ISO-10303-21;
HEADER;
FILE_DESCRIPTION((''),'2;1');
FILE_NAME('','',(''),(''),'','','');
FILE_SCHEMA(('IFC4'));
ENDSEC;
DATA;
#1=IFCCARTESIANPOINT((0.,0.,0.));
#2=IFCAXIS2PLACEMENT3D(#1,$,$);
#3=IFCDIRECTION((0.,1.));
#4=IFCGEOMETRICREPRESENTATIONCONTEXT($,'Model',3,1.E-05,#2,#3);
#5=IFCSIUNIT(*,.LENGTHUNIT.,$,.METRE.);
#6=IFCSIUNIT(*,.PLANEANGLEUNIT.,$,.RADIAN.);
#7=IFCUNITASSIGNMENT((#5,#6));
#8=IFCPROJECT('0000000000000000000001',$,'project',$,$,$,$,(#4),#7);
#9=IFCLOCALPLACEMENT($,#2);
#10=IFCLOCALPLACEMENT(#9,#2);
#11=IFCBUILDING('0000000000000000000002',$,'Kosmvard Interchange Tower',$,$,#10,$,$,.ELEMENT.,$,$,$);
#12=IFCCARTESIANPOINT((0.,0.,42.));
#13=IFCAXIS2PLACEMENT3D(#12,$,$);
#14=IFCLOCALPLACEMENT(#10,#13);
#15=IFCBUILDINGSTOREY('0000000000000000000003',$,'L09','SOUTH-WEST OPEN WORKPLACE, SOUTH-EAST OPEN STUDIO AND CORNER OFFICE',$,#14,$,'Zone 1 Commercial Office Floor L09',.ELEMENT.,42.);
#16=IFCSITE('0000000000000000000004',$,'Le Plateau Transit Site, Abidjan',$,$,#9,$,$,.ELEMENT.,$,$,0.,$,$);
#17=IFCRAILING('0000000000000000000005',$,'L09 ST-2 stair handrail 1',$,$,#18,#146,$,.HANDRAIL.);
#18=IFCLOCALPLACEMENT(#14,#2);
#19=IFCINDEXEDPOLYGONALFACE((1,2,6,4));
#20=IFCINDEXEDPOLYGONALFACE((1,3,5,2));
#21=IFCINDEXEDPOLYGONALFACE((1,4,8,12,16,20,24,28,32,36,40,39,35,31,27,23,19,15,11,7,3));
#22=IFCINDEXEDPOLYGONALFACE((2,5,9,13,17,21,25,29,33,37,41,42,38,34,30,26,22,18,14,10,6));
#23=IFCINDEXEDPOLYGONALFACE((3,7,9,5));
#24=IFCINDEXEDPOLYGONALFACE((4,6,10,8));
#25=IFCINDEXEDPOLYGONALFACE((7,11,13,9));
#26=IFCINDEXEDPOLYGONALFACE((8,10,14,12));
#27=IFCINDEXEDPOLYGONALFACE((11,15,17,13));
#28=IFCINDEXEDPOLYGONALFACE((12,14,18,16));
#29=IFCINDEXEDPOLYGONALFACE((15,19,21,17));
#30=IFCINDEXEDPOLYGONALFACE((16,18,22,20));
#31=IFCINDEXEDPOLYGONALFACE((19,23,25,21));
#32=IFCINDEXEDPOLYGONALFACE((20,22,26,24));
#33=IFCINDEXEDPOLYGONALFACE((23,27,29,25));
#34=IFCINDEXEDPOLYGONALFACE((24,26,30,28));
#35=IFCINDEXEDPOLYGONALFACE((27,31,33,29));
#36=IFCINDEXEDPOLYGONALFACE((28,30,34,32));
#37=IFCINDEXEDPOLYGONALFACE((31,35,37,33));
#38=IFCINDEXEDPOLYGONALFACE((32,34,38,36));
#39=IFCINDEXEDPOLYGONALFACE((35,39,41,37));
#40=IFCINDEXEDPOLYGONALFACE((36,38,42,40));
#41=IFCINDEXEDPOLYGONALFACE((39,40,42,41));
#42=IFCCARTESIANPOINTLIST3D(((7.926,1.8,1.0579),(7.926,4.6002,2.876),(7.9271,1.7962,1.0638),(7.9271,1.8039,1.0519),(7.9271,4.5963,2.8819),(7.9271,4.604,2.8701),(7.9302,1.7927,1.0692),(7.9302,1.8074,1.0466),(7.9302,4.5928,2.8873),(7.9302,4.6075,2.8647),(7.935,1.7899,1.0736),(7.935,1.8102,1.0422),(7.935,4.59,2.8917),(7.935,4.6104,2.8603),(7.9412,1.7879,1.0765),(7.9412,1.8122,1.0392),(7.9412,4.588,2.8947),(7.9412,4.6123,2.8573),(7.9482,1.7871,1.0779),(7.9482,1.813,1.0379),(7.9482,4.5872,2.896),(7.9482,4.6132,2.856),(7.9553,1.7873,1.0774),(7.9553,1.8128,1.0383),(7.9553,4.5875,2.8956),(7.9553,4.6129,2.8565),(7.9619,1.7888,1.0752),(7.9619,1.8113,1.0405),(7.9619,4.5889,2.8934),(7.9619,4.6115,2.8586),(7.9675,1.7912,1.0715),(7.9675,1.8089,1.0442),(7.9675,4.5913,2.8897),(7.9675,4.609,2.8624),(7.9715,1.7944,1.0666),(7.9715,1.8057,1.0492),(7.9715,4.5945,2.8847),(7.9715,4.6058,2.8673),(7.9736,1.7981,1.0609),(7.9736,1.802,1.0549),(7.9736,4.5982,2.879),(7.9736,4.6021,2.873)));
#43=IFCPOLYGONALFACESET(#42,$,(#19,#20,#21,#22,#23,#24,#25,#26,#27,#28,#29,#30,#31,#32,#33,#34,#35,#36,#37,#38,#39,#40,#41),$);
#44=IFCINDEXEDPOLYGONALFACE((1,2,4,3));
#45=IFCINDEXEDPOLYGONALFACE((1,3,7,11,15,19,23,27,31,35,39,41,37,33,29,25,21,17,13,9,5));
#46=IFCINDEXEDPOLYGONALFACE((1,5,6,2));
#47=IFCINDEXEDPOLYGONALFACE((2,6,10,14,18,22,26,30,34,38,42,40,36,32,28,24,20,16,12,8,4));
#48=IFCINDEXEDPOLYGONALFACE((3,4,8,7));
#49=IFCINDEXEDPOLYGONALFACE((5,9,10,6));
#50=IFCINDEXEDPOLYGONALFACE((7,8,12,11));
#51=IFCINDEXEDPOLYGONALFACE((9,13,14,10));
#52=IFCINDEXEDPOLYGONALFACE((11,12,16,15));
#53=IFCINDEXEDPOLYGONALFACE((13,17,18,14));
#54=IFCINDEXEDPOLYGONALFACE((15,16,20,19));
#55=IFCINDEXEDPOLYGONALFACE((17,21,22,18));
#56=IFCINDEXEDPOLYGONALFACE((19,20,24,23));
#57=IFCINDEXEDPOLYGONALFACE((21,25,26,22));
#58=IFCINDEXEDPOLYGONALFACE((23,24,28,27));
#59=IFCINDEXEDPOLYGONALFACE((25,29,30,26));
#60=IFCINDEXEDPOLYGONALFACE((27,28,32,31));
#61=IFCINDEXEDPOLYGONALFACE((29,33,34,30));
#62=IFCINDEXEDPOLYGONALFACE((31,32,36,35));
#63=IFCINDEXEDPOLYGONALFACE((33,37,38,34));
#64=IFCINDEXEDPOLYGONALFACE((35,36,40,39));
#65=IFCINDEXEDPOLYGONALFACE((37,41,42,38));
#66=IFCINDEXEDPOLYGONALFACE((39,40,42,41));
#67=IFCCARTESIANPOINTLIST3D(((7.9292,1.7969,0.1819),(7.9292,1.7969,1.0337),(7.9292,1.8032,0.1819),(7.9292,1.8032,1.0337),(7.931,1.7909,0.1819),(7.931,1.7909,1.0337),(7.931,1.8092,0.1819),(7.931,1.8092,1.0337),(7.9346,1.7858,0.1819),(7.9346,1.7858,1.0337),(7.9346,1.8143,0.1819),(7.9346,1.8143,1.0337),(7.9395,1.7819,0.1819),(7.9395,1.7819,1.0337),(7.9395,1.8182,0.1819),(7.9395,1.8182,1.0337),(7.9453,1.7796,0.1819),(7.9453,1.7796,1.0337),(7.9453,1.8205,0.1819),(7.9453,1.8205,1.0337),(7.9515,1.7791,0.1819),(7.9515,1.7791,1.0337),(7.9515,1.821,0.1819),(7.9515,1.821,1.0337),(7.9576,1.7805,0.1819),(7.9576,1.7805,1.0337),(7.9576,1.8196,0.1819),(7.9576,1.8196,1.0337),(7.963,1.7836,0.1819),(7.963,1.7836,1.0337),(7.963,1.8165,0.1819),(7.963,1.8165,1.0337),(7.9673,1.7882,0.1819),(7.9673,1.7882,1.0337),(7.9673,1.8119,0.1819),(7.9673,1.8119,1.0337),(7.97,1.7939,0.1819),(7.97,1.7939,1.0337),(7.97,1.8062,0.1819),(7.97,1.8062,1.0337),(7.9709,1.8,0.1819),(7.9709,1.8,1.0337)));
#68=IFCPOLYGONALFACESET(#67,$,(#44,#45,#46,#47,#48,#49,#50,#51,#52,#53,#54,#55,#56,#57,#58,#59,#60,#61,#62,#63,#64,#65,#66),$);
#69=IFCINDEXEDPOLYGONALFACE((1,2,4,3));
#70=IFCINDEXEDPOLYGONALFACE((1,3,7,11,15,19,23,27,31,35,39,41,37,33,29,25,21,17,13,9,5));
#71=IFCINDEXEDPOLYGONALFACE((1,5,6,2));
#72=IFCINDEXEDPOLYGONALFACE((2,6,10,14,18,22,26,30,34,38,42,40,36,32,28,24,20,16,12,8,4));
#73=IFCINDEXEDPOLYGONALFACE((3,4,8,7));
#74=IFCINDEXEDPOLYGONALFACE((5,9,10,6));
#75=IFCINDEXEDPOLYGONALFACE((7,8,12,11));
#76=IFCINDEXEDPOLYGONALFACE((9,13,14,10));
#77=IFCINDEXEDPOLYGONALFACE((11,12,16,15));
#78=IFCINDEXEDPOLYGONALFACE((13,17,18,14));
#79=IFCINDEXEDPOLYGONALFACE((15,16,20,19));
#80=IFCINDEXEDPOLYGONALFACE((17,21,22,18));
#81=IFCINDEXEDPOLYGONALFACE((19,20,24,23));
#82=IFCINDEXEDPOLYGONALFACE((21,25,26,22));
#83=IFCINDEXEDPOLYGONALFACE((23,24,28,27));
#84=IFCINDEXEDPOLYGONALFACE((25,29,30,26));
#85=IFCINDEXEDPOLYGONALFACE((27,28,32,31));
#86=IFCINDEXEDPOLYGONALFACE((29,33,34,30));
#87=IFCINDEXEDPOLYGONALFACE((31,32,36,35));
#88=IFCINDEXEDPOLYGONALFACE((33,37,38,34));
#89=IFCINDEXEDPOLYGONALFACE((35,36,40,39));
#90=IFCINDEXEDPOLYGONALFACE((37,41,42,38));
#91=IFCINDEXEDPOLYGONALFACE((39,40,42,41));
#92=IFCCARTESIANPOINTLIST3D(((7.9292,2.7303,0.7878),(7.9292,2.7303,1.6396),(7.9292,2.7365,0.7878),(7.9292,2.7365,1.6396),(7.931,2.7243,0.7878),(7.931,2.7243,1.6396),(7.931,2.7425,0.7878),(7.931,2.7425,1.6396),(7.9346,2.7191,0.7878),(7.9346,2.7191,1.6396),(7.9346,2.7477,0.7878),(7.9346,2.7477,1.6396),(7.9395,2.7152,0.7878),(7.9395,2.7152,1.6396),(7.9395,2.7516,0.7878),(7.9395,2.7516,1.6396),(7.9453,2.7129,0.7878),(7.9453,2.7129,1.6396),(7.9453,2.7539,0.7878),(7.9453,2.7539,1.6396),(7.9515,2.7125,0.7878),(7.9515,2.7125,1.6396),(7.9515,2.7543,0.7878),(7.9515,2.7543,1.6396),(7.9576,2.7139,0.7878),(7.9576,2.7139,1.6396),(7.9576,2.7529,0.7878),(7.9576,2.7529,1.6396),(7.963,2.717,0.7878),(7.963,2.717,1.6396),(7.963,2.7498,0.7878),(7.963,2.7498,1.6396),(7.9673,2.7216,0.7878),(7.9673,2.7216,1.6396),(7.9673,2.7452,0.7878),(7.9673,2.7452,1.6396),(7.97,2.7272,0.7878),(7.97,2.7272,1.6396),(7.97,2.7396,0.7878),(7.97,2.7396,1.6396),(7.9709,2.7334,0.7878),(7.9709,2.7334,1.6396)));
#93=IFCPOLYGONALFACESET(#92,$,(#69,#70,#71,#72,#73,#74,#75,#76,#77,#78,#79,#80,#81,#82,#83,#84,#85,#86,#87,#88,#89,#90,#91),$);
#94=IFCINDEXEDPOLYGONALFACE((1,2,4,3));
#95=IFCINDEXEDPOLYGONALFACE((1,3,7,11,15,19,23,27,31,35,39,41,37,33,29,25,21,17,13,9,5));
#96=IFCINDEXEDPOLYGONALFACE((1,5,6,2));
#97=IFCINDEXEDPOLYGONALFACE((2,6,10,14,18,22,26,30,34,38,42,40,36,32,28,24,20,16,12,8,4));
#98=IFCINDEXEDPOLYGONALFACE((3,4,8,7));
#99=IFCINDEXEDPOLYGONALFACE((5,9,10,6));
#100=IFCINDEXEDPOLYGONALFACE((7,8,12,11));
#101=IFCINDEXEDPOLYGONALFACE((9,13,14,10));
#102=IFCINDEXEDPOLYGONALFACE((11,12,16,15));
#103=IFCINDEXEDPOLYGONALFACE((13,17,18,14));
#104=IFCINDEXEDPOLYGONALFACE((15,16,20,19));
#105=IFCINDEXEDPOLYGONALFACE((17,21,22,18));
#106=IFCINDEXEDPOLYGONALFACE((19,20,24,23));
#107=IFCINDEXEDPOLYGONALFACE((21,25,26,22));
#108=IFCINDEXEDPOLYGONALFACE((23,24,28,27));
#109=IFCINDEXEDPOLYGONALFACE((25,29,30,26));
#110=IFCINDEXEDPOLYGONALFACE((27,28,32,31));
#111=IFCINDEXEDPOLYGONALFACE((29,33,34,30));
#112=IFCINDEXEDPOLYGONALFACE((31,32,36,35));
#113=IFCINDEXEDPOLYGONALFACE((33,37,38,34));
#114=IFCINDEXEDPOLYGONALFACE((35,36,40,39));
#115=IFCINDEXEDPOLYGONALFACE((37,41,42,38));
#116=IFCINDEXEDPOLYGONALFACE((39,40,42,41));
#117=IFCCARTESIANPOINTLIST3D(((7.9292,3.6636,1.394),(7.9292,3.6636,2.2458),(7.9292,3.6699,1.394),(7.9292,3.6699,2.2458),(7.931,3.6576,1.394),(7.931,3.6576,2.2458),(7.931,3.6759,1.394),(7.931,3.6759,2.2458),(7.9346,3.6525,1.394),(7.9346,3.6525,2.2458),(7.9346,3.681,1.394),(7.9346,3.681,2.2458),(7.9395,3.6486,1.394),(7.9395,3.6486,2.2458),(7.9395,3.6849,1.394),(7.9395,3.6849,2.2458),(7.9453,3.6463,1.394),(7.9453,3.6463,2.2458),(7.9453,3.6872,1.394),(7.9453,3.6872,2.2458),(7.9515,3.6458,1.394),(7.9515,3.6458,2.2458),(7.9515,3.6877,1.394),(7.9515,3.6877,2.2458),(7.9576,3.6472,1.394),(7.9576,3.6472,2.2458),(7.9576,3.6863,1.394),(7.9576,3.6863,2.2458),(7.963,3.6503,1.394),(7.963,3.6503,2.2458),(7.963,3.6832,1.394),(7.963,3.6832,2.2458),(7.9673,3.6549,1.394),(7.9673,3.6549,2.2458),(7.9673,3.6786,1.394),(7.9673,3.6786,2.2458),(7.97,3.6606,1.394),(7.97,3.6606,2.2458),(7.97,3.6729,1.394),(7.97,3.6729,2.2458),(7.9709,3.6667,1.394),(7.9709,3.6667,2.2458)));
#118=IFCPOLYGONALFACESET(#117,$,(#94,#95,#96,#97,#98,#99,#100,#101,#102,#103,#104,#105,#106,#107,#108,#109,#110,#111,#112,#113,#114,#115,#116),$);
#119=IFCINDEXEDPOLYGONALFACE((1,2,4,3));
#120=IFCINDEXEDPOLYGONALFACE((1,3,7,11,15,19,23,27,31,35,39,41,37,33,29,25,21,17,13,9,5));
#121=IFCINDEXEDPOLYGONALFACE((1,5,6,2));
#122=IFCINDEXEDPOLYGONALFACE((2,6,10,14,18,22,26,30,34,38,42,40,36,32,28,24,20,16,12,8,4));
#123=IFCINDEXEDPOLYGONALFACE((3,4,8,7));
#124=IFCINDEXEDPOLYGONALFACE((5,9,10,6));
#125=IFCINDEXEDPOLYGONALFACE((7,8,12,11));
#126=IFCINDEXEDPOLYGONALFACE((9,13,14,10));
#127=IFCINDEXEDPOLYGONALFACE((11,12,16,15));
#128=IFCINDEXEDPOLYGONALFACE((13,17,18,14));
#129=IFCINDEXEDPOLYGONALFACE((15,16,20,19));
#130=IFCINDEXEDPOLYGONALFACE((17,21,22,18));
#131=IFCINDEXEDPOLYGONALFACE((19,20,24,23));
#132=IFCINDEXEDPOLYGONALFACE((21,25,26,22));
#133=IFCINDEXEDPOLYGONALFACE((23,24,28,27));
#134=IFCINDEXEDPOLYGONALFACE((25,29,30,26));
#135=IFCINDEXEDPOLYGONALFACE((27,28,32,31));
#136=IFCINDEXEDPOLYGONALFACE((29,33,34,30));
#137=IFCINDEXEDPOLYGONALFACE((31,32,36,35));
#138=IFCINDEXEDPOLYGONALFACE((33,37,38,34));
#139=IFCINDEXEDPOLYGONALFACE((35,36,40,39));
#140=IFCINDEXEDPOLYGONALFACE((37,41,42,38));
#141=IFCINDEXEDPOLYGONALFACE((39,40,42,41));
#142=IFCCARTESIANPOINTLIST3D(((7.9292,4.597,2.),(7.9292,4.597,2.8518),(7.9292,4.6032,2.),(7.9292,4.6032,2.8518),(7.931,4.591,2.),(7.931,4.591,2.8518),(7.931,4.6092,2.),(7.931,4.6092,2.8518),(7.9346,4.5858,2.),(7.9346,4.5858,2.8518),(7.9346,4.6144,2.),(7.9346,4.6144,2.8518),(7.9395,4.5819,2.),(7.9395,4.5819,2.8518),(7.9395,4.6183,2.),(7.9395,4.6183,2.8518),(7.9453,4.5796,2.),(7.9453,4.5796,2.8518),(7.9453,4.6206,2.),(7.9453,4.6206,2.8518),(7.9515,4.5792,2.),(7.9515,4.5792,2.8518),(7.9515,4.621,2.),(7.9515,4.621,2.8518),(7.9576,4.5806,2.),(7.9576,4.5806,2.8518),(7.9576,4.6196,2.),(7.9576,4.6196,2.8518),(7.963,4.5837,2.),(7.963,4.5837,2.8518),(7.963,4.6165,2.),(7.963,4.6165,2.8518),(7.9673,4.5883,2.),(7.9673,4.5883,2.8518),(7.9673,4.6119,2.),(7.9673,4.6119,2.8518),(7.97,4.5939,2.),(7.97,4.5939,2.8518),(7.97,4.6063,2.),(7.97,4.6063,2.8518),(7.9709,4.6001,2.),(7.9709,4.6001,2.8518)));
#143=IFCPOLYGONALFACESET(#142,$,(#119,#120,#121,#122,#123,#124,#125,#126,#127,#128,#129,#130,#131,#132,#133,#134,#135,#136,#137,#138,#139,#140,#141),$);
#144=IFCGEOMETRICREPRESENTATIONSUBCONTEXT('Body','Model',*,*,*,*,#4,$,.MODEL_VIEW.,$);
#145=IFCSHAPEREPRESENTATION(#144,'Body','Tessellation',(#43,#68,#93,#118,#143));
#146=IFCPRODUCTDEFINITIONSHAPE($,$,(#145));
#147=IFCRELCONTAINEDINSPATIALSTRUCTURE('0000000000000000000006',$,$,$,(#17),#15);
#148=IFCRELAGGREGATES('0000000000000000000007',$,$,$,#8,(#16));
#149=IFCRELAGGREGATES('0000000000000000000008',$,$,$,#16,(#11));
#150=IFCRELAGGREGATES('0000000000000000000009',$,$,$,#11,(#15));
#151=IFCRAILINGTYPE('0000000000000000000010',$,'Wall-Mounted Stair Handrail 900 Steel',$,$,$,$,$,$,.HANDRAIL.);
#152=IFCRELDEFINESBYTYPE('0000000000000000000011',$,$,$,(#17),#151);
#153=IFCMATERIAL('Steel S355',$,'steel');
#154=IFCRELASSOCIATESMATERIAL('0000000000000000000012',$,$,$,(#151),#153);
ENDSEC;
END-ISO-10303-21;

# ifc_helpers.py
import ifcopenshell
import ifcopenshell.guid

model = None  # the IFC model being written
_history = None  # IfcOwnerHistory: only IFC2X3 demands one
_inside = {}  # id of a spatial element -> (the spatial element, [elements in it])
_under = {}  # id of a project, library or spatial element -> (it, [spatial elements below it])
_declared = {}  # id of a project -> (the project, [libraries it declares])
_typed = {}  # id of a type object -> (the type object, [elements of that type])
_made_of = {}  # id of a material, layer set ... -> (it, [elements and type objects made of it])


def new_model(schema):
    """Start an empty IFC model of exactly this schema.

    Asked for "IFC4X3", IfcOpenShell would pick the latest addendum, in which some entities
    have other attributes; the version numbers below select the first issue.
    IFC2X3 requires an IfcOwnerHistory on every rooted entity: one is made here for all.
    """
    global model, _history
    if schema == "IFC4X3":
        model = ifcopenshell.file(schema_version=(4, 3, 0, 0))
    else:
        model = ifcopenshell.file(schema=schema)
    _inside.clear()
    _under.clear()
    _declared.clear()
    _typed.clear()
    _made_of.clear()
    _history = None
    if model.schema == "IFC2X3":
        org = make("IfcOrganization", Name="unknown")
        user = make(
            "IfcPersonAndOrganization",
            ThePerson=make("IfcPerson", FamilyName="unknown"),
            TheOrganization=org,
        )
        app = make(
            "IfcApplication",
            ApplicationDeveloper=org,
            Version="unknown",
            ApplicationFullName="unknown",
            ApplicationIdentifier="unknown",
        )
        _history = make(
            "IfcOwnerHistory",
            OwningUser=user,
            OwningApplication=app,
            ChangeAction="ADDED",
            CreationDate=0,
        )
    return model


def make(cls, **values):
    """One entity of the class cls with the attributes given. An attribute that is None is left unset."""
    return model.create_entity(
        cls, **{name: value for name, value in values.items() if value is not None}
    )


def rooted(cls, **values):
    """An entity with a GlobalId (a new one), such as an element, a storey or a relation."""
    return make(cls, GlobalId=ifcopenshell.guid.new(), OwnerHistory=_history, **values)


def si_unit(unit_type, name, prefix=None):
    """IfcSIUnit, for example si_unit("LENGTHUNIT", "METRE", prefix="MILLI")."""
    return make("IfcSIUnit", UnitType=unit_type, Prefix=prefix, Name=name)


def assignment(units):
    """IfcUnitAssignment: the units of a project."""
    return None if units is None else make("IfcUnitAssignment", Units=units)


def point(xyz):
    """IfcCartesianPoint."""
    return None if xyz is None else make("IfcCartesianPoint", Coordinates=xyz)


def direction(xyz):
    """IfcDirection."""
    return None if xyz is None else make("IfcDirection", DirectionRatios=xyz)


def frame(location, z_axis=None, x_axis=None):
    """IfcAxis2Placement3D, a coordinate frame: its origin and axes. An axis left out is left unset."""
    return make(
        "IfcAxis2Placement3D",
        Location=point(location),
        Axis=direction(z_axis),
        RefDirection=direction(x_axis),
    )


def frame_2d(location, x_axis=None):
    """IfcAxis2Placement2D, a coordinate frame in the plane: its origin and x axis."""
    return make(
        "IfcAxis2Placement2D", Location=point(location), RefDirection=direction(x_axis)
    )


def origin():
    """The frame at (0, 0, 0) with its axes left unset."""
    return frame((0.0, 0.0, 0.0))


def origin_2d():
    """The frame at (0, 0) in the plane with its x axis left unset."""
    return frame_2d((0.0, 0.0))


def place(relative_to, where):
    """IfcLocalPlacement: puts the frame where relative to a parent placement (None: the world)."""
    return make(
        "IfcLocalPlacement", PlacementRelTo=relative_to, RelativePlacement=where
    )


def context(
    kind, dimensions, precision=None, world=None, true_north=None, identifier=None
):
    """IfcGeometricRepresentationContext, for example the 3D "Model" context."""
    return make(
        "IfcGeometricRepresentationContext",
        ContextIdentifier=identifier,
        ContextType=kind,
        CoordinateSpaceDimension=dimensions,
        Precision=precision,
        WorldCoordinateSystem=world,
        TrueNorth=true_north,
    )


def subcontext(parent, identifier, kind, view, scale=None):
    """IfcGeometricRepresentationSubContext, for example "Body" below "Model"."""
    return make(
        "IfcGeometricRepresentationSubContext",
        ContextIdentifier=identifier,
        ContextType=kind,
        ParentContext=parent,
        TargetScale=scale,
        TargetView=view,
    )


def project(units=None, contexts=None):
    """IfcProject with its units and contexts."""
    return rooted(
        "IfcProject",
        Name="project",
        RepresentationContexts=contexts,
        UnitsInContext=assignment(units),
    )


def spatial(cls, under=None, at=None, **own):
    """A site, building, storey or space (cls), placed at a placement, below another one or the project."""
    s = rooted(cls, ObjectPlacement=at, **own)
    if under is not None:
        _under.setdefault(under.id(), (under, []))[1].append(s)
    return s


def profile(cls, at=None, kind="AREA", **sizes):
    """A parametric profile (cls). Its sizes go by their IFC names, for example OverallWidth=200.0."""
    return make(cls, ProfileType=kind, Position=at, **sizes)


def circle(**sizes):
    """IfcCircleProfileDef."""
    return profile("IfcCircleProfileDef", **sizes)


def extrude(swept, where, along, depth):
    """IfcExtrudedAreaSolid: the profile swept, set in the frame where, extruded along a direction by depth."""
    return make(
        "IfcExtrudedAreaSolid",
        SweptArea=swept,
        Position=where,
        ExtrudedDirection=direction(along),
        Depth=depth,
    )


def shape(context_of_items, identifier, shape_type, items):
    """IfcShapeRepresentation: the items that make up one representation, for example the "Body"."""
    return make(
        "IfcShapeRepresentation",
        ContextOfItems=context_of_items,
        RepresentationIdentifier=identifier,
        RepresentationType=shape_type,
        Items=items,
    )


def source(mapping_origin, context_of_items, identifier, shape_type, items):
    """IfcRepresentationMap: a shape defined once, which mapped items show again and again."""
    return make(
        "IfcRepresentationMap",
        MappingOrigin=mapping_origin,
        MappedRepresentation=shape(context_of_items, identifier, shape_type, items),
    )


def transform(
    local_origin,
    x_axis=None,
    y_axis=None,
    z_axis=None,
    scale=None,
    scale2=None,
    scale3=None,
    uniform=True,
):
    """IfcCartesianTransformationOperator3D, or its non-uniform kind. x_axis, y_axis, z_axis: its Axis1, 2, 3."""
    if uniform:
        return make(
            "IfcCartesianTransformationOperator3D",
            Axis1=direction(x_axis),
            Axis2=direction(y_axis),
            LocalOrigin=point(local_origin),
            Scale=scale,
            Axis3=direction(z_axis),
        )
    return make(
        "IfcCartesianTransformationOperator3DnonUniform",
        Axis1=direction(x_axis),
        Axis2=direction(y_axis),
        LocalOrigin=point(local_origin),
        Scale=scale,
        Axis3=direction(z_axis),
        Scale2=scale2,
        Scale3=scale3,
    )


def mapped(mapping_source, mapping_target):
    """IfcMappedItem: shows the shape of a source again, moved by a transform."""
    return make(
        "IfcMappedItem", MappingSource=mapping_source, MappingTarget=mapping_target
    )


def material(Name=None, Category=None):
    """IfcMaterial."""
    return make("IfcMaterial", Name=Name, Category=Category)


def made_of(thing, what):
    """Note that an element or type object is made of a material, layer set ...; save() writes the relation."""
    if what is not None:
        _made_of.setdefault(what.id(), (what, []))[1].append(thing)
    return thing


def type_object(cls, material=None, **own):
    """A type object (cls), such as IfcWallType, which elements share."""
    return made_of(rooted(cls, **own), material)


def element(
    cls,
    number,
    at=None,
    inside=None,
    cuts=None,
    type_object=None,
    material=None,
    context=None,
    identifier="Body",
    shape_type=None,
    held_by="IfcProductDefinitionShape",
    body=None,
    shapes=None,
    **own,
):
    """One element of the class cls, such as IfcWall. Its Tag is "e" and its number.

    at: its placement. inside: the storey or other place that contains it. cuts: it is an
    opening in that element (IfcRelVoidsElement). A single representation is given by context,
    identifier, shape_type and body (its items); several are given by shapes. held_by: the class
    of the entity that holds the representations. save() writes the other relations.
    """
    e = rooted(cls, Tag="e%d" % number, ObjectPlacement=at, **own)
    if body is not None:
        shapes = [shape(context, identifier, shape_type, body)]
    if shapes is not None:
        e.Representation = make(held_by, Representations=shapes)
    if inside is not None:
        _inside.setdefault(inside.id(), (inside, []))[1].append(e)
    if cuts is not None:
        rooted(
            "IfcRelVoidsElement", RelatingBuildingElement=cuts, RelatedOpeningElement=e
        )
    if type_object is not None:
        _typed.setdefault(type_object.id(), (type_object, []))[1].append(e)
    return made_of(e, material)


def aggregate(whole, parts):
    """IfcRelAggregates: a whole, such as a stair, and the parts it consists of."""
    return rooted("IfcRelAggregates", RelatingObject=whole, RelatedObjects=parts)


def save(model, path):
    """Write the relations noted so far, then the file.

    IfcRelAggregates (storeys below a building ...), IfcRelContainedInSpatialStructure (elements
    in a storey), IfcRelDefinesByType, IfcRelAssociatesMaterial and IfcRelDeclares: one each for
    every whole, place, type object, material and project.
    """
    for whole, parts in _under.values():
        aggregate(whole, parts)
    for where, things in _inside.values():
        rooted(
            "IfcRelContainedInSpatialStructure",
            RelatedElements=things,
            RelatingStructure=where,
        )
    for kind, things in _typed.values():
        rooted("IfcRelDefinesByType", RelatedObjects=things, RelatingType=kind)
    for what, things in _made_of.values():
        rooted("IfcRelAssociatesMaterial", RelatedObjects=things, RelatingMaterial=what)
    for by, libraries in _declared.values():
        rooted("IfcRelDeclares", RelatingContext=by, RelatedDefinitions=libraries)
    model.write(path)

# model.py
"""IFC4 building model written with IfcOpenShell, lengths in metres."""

from ifc_helpers import new_model, si_unit, direction, frame, origin, origin_2d, place, context, subcontext, project, spatial, circle, extrude, source, transform, mapped, material, type_object, element, save


model = new_model("IFC4")

# Units and contexts
model_context = context("Model", 3, precision=1e-05, world=origin(), true_north=direction((0.0, 1.0)))
body_context = subcontext(model_context, "Body", "Model", "MODEL_VIEW")
ifc_project = project(units=[si_unit("LENGTHUNIT", "METRE"), si_unit("PLANEANGLEUNIT", "RADIAN")], contexts=[model_context])

# Site, building, storey
site_placement = place(None, origin())
site = spatial("IfcSite", under=ifc_project, at=site_placement, Name="Le Plateau Transit Site, Abidjan", CompositionType="ELEMENT", RefElevation=0.0)
building_placement = place(site_placement, origin())
building = spatial("IfcBuilding", under=site, at=building_placement, Name="Kosmvard Interchange Tower", CompositionType="ELEMENT")
storey_placement = place(building_placement, frame((0.0, 0.0, 42.0)))
storey = spatial("IfcBuildingStorey", under=building, at=storey_placement, Name="L09", Description="SOUTH-WEST OPEN WORKPLACE, SOUTH-EAST OPEN STUDIO AND CORNER OFFICE", LongName="Zone 1 Commercial Office Floor L09", CompositionType="ELEMENT", Elevation=42.0)

# Shared definitions
ifc_material_1 = material(Name="Steel S355", Category="steel")

# Railing
railing_type_1 = type_object("IfcRailingType", Name="Wall-Mounted Stair Handrail 900 Steel", PredefinedType="HANDRAIL", material=ifc_material_1)
shared_shape_1 = source(origin(), body_context, "Body", "SweptSolid", [
    extrude(circle(Radius=0.0239, at=origin_2d()), frame((0.0, 0.0, 0.876), z_axis=(0.0, 0.838706, 0.544585), x_axis=(-1.0, 0.0, 0.0)), (0.0, 0.0, 1.0), 3.3386),
    extrude(circle(Radius=0.021, at=origin_2d()), origin(), (0.0, 0.0, 1.0), 0.8518),
    extrude(circle(Radius=0.021, at=origin_2d()), frame((0.0, 0.9333, 0.606)), (0.0, 0.0, 1.0), 0.8518),
    extrude(circle(Radius=0.021, at=origin_2d()), frame((0.0, 1.8667, 1.2122)), (0.0, 0.0, 1.0), 0.8518),
    extrude(circle(Radius=0.021, at=origin_2d()), frame((0.0, 2.8, 1.8181)), (0.0, 0.0, 1.0), 0.8518),
])
railing_1_placement = place(storey_placement, frame((7.95, 1.8, 0.1819)))
element("IfcRailing", 1, at=railing_1_placement, inside=storey, type_object=railing_type_1, Name="L09 ST-2 stair handrail 1", PredefinedType="HANDRAIL", context=body_context, shape_type="MappedRepresentation", body=[
    mapped(shared_shape_1, transform((0.0, 0.0, 0.0), scale=1.0)),
])

save(model, "model.ifc")
